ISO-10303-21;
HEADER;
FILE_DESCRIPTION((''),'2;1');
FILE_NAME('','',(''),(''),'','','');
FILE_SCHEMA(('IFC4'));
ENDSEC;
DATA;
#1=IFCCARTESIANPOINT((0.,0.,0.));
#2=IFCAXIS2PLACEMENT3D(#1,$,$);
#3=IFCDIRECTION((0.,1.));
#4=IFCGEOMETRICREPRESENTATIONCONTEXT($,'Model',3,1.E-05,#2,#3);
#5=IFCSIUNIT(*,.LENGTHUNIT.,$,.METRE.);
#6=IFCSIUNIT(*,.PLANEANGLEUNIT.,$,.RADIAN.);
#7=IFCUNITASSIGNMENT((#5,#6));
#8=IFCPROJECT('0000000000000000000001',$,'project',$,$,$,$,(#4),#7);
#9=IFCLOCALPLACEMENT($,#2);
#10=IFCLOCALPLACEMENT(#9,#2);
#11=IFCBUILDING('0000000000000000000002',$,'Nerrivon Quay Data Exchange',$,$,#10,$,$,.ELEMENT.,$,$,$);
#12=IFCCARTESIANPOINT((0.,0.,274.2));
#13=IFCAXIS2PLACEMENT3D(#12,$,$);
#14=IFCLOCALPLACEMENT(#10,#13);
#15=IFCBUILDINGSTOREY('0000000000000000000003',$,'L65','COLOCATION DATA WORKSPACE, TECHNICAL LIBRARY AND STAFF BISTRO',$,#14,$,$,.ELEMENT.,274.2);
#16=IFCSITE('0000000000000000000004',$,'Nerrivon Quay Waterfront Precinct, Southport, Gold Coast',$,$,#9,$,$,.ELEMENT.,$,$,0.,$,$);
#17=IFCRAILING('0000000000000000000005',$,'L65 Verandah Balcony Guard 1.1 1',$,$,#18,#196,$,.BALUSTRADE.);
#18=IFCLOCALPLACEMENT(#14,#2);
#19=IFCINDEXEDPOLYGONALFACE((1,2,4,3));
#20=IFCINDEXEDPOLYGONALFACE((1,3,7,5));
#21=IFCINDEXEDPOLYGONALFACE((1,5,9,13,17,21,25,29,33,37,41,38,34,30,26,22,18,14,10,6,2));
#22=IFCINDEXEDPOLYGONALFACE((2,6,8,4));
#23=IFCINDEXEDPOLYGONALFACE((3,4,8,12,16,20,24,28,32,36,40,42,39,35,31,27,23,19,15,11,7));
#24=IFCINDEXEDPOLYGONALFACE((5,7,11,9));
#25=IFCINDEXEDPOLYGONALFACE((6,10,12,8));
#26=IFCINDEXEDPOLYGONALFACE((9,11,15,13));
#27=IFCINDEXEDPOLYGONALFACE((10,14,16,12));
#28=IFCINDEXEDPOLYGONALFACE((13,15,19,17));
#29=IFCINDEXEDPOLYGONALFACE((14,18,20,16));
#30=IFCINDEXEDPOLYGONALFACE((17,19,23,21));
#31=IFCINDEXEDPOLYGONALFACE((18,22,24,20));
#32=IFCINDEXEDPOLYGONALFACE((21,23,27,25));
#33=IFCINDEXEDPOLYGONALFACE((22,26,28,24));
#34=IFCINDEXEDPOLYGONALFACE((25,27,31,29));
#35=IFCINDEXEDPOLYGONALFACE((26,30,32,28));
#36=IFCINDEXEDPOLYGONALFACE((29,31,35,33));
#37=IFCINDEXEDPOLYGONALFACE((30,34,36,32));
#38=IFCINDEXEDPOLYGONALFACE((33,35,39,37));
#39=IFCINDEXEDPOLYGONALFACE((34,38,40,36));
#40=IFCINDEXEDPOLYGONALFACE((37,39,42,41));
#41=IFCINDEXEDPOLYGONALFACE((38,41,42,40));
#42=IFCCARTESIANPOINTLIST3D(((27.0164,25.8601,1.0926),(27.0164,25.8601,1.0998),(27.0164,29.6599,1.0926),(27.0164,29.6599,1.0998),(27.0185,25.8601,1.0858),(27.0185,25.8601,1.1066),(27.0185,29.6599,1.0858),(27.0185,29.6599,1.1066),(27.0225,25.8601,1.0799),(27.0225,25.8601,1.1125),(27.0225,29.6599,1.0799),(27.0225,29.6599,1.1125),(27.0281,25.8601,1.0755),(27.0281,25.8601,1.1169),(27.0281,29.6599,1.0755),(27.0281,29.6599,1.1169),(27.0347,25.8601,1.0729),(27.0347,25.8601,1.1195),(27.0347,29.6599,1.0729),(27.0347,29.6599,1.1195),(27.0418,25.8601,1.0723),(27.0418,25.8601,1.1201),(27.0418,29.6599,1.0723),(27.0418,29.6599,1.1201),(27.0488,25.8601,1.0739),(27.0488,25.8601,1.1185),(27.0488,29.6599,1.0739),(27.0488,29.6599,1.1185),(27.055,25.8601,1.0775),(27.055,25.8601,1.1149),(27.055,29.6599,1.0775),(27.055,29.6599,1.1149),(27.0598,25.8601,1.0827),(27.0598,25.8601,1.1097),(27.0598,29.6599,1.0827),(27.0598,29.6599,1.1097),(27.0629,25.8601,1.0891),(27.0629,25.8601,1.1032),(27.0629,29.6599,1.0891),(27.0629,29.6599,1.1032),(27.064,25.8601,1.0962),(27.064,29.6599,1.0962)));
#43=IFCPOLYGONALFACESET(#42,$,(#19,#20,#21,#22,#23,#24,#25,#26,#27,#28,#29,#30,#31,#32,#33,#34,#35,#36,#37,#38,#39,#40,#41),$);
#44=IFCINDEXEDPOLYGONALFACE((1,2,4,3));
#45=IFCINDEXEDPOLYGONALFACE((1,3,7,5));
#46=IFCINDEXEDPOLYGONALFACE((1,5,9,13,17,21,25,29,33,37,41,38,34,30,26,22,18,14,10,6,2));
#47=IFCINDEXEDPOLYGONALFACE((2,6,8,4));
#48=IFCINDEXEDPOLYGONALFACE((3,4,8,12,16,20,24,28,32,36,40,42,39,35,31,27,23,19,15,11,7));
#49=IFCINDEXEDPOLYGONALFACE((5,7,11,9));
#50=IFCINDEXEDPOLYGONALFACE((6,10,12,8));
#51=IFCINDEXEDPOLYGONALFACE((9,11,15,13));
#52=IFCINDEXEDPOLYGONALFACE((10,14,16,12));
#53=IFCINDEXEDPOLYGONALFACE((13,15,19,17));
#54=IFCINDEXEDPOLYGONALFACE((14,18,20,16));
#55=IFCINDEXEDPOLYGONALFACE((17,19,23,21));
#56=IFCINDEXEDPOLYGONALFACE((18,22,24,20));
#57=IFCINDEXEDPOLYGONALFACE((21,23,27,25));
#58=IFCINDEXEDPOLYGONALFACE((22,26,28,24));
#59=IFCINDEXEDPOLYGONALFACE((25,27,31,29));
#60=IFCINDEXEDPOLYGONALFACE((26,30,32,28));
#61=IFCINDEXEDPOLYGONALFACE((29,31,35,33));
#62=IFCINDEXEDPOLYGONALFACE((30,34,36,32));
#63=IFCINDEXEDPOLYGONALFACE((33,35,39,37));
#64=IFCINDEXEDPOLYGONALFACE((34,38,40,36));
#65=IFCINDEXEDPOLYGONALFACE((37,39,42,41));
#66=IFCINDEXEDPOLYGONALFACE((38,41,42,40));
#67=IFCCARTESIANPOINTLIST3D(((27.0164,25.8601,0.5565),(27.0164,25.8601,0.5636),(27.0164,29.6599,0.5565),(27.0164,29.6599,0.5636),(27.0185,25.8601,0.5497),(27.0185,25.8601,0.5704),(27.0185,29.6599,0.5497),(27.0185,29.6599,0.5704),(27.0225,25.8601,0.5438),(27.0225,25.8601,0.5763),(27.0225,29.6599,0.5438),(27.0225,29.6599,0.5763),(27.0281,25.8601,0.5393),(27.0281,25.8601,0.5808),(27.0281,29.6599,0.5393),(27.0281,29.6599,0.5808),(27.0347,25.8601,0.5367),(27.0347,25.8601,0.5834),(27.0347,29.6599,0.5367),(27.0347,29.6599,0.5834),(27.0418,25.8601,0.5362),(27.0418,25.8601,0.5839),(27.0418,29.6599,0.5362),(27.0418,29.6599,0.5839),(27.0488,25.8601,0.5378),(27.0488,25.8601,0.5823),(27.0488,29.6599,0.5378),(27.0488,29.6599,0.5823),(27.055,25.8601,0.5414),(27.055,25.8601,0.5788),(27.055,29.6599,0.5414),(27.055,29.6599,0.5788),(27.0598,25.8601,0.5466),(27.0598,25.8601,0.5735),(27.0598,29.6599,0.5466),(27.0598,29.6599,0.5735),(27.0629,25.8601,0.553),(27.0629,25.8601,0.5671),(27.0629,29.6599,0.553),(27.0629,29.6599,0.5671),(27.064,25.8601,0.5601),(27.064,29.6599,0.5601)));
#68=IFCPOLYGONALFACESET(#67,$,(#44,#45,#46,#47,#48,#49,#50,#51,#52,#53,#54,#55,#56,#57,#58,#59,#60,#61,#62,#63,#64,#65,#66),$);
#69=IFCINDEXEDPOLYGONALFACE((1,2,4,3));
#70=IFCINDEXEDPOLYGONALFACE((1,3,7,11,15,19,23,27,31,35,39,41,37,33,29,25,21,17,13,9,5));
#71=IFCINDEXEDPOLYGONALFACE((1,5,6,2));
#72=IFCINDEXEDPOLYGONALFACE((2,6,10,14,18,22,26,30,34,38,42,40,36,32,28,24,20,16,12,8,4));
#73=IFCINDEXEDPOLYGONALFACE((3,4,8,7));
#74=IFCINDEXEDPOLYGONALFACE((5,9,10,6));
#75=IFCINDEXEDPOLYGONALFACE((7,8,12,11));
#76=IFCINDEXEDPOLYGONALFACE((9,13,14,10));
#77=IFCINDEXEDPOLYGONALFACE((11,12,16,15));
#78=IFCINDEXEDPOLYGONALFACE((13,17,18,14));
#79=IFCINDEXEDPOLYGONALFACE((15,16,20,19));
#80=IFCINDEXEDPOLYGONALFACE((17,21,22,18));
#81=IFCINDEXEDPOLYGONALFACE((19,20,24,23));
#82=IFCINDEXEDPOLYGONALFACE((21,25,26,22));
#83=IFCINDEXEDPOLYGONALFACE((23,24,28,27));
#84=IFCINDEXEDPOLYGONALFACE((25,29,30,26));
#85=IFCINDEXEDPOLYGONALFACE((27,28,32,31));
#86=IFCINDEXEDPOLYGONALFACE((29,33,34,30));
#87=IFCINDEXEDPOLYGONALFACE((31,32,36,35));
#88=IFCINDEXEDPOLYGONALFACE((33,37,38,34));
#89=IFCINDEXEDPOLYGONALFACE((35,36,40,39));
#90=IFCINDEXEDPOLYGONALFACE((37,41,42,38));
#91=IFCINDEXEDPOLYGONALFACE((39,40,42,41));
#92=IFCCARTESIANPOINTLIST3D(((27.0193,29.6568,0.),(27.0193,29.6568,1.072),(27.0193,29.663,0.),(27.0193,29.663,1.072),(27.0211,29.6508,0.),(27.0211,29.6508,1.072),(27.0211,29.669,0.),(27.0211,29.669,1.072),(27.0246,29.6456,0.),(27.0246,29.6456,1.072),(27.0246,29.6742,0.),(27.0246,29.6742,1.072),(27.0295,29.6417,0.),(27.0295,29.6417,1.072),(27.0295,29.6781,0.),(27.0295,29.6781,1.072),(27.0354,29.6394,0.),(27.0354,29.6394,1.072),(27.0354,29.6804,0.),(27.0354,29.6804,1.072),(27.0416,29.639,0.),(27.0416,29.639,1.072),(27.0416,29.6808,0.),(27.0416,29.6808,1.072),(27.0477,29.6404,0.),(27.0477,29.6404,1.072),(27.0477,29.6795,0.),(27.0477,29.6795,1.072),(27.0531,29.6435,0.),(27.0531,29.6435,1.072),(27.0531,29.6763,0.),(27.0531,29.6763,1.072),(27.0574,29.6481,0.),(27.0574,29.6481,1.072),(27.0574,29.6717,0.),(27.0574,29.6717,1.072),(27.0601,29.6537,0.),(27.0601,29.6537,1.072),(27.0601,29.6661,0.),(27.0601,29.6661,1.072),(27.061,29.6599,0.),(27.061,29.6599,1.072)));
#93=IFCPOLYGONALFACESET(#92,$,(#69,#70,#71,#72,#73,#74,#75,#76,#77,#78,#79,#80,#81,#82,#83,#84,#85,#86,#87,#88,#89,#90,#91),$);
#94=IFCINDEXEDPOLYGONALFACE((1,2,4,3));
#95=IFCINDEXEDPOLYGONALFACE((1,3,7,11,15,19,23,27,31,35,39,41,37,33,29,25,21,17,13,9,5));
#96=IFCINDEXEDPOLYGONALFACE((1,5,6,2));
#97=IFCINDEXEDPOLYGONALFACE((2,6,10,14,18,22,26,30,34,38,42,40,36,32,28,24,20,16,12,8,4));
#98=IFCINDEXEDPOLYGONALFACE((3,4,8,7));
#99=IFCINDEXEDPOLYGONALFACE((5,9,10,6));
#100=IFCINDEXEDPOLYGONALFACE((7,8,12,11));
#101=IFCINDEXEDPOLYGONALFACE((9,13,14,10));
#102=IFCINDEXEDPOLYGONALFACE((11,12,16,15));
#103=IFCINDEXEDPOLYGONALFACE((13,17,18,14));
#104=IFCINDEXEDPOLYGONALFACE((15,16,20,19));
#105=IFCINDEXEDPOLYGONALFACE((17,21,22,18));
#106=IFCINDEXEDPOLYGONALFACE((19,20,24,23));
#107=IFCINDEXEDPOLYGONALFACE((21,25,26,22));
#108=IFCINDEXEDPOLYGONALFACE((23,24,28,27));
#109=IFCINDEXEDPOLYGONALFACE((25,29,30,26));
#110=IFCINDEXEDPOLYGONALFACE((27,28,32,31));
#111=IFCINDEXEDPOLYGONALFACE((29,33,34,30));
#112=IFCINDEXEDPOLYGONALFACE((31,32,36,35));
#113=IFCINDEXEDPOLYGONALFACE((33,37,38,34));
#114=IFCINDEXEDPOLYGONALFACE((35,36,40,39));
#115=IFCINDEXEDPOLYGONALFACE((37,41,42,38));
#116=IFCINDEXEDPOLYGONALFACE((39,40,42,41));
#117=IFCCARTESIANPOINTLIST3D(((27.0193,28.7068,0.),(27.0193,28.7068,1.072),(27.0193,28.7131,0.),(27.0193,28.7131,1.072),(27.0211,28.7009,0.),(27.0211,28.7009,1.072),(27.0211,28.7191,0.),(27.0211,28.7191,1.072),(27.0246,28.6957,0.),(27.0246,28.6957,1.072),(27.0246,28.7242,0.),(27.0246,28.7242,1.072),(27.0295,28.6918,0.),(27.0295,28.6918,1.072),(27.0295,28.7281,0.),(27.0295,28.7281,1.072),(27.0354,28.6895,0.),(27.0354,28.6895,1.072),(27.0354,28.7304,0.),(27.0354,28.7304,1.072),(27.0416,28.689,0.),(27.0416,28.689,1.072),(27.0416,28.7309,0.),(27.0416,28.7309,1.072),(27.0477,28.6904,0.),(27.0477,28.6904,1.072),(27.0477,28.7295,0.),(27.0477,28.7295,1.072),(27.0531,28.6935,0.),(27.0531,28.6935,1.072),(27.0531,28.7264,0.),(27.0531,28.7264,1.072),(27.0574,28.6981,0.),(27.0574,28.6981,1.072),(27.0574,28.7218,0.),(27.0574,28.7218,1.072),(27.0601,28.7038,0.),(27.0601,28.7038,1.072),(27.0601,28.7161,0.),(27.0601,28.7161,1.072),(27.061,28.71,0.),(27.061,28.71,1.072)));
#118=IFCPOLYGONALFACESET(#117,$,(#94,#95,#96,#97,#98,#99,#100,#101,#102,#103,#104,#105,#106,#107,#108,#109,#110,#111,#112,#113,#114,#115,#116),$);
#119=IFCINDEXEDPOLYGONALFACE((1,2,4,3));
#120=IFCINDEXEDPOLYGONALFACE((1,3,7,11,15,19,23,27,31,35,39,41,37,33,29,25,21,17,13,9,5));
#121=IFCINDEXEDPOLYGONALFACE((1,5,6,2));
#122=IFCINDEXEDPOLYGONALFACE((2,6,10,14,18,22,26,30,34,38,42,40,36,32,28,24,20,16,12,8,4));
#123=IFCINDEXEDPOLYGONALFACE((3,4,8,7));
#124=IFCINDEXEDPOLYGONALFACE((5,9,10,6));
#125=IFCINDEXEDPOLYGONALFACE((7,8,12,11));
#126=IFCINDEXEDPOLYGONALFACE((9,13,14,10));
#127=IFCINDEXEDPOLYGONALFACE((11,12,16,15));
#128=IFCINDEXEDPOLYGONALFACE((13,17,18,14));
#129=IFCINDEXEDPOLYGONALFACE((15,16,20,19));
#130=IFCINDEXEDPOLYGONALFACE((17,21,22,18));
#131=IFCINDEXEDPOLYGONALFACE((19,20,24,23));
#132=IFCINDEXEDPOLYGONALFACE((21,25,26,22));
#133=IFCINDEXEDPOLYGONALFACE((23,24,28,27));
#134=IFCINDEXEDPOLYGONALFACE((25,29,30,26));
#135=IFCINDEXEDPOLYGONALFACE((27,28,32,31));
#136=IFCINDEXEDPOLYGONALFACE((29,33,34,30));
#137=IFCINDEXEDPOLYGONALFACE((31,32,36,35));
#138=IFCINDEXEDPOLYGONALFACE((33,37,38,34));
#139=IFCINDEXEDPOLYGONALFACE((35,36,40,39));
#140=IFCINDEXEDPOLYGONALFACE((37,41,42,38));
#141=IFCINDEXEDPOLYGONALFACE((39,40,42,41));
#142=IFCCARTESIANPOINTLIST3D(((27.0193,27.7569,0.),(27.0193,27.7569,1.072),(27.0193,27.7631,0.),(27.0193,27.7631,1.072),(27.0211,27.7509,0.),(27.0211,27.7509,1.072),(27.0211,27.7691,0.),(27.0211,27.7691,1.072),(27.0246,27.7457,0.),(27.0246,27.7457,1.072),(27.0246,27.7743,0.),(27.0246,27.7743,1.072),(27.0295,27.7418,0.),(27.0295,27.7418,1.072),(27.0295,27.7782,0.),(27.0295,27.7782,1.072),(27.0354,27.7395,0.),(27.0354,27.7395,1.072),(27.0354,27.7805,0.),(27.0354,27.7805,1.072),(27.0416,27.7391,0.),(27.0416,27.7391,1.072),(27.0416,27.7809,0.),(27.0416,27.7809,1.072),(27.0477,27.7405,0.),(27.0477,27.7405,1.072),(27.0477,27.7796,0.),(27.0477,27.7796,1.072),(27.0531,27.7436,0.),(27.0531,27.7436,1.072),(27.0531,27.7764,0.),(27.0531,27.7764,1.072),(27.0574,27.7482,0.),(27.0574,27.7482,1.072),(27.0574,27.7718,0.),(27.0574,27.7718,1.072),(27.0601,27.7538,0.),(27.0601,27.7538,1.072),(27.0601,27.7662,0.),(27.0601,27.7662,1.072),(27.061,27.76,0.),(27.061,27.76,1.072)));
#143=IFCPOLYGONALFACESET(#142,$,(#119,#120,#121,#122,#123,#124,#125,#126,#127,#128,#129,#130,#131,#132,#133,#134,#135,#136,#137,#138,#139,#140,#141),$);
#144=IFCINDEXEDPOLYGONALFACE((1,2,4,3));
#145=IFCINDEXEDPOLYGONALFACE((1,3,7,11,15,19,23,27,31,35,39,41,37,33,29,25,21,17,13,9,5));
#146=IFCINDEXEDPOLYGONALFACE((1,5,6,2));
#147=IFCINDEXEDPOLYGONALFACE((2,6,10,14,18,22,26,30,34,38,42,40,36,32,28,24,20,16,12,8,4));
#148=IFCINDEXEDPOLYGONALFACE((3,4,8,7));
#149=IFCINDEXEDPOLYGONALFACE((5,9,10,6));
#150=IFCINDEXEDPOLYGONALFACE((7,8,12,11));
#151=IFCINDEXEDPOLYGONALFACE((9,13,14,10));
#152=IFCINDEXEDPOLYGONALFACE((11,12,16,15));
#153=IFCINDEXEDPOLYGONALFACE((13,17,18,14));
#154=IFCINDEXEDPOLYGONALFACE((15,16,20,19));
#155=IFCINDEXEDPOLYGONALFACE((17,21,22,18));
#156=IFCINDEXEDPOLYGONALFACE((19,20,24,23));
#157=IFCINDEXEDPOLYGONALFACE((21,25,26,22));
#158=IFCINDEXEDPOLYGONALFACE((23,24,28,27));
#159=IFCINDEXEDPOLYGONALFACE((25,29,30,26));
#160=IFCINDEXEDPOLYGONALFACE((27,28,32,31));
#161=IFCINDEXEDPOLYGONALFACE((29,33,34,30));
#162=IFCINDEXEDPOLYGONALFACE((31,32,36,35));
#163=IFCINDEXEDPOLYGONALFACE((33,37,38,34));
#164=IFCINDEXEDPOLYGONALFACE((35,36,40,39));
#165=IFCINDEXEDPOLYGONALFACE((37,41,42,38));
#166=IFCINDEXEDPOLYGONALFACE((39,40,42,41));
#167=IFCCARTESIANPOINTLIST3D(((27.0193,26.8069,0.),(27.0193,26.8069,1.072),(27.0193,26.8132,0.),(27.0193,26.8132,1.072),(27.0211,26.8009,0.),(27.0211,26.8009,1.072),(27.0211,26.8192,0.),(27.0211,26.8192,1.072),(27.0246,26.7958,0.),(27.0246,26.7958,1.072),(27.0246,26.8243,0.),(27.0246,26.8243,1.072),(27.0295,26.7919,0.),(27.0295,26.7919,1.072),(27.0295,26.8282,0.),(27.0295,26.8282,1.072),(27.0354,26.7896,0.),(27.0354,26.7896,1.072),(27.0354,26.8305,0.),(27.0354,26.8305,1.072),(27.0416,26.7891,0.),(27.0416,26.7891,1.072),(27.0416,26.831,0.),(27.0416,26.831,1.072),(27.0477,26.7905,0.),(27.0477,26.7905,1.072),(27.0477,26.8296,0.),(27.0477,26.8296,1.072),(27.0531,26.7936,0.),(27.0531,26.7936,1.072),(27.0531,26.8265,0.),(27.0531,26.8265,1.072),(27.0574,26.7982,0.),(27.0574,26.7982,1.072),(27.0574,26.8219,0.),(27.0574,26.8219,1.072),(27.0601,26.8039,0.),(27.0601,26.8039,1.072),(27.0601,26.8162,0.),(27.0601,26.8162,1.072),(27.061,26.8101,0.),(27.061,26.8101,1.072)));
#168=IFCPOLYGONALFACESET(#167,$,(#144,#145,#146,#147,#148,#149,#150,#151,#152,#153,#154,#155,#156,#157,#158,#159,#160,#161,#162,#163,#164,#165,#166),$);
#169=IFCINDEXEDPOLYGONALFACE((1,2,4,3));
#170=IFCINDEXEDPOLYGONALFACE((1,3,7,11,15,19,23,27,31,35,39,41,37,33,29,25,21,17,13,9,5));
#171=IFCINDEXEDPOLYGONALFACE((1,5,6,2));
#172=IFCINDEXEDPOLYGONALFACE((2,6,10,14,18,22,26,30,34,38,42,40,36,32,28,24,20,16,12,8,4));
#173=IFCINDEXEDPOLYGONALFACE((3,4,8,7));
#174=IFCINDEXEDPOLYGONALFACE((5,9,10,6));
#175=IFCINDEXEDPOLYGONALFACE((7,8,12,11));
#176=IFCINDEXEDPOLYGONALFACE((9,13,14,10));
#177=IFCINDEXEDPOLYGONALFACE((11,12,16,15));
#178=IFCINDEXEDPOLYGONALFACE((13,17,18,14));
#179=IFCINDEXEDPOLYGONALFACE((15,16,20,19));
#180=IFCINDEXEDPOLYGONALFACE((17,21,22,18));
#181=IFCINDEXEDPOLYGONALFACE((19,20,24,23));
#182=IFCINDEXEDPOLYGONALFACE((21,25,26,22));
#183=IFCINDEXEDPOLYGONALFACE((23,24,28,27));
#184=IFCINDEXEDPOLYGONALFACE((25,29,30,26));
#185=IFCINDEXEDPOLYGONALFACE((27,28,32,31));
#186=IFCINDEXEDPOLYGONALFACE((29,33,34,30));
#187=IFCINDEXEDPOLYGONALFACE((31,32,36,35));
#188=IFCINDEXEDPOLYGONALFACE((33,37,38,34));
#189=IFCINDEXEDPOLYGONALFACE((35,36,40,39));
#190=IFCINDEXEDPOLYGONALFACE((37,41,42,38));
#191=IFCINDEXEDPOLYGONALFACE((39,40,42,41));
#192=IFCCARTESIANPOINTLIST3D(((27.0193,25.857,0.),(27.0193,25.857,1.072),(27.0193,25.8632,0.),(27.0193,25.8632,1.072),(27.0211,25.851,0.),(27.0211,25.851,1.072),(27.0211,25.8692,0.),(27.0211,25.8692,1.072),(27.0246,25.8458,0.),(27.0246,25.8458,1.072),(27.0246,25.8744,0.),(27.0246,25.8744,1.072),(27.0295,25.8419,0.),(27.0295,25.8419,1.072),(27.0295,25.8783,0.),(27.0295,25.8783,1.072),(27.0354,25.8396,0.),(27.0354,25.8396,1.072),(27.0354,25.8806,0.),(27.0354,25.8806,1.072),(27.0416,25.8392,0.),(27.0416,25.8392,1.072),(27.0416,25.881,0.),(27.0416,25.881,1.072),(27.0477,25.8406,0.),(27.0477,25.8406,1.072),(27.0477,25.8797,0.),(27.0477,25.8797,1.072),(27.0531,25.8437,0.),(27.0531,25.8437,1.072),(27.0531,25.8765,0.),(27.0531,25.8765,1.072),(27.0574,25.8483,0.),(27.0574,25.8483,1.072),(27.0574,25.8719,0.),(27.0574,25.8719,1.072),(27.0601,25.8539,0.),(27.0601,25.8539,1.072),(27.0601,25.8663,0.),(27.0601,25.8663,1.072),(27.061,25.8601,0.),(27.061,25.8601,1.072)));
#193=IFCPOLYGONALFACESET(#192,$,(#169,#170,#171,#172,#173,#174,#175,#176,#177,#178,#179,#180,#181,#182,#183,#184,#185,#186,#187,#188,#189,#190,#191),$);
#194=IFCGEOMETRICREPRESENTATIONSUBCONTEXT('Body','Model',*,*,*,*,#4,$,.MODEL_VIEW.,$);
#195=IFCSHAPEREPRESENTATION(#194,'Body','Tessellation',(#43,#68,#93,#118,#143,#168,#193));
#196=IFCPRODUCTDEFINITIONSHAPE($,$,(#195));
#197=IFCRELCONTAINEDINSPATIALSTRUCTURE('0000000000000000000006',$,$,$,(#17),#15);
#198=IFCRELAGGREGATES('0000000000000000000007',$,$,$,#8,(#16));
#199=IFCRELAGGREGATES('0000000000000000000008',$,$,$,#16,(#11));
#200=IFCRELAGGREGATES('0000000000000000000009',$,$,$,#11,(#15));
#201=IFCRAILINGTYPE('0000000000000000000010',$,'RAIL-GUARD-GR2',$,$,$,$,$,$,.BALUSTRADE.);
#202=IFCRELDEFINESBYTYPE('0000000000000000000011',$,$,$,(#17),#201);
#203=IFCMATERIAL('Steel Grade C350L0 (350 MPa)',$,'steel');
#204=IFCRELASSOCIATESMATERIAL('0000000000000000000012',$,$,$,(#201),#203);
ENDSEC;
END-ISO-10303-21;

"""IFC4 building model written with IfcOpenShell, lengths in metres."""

from ifc_helpers import new_model, si_unit, direction, frame, origin, origin_2d, place, context, subcontext, project, spatial, circle, extrude, material, type_object, element, save


model = new_model("IFC4")

# Units and contexts
model_context = context("Model", 3, precision=1e-05, world=origin(), true_north=direction((0.0, 1.0)))
body_context = subcontext(model_context, "Body", "Model", "MODEL_VIEW")
ifc_project = project(units=[si_unit("LENGTHUNIT", "METRE"), si_unit("PLANEANGLEUNIT", "RADIAN")], contexts=[model_context])

# Site, building, storey
site_placement = place(None, origin())
site = spatial("IfcSite", under=ifc_project, at=site_placement, Name="Nerrivon Quay Waterfront Precinct, Southport, Gold Coast", CompositionType="ELEMENT", RefElevation=0.0)
building_placement = place(site_placement, origin())
building = spatial("IfcBuilding", under=site, at=building_placement, Name="Nerrivon Quay Data Exchange", CompositionType="ELEMENT")
storey_placement = place(building_placement, frame((0.0, 0.0, 274.2)))
storey = spatial("IfcBuildingStorey", under=building, at=storey_placement, Name="L65", Description="COLOCATION DATA WORKSPACE, TECHNICAL LIBRARY AND STAFF BISTRO", CompositionType="ELEMENT", Elevation=274.2)

# Shared definitions
ifc_material_1 = material(Name="Steel Grade C350L0 (350 MPa)", Category="steel")

# Railing
railing_type = type_object("IfcRailingType", Name="RAIL-GUARD-GR2", PredefinedType="BALUSTRADE", material=ifc_material_1)
railing_1_placement = place(storey_placement, frame((27.04, 29.6599, 0.0)))
element("IfcRailing", 1, at=railing_1_placement, inside=storey, type_object=railing_type, Name="L65 Verandah Balcony Guard 1.1 1", PredefinedType="BALUSTRADE", context=body_context, shape_type="SweptSolid", body=[
    extrude(circle(Radius=0.0239, at=origin_2d()), frame((0.0, 0.0, 1.0962), z_axis=(0.0, -1.0, 0.0), x_axis=(1.0, 0.0, 0.0)), (0.0, 0.0, 1.0), 3.7998),
    extrude(circle(Radius=0.0239, at=origin_2d()), frame((0.0, 0.0, 0.5601), z_axis=(0.0, -1.0, 0.0), x_axis=(1.0, 0.0, 0.0)), (0.0, 0.0, 1.0), 3.7998),
    extrude(circle(Radius=0.021, at=origin_2d()), origin(), (0.0, 0.0, 1.0), 1.072),
    extrude(circle(Radius=0.021, at=origin_2d()), frame((0.0, -0.95, 0.0)), (0.0, 0.0, 1.0), 1.072),
    extrude(circle(Radius=0.021, at=origin_2d()), frame((0.0, -1.8999, 0.0)), (0.0, 0.0, 1.0), 1.072),
    extrude(circle(Radius=0.021, at=origin_2d()), frame((0.0, -2.8499, 0.0)), (0.0, 0.0, 1.0), 1.072),
    extrude(circle(Radius=0.021, at=origin_2d()), frame((0.0, -3.7998, 0.0)), (0.0, 0.0, 1.0), 1.072),
])

save(model, "model.ifc")
